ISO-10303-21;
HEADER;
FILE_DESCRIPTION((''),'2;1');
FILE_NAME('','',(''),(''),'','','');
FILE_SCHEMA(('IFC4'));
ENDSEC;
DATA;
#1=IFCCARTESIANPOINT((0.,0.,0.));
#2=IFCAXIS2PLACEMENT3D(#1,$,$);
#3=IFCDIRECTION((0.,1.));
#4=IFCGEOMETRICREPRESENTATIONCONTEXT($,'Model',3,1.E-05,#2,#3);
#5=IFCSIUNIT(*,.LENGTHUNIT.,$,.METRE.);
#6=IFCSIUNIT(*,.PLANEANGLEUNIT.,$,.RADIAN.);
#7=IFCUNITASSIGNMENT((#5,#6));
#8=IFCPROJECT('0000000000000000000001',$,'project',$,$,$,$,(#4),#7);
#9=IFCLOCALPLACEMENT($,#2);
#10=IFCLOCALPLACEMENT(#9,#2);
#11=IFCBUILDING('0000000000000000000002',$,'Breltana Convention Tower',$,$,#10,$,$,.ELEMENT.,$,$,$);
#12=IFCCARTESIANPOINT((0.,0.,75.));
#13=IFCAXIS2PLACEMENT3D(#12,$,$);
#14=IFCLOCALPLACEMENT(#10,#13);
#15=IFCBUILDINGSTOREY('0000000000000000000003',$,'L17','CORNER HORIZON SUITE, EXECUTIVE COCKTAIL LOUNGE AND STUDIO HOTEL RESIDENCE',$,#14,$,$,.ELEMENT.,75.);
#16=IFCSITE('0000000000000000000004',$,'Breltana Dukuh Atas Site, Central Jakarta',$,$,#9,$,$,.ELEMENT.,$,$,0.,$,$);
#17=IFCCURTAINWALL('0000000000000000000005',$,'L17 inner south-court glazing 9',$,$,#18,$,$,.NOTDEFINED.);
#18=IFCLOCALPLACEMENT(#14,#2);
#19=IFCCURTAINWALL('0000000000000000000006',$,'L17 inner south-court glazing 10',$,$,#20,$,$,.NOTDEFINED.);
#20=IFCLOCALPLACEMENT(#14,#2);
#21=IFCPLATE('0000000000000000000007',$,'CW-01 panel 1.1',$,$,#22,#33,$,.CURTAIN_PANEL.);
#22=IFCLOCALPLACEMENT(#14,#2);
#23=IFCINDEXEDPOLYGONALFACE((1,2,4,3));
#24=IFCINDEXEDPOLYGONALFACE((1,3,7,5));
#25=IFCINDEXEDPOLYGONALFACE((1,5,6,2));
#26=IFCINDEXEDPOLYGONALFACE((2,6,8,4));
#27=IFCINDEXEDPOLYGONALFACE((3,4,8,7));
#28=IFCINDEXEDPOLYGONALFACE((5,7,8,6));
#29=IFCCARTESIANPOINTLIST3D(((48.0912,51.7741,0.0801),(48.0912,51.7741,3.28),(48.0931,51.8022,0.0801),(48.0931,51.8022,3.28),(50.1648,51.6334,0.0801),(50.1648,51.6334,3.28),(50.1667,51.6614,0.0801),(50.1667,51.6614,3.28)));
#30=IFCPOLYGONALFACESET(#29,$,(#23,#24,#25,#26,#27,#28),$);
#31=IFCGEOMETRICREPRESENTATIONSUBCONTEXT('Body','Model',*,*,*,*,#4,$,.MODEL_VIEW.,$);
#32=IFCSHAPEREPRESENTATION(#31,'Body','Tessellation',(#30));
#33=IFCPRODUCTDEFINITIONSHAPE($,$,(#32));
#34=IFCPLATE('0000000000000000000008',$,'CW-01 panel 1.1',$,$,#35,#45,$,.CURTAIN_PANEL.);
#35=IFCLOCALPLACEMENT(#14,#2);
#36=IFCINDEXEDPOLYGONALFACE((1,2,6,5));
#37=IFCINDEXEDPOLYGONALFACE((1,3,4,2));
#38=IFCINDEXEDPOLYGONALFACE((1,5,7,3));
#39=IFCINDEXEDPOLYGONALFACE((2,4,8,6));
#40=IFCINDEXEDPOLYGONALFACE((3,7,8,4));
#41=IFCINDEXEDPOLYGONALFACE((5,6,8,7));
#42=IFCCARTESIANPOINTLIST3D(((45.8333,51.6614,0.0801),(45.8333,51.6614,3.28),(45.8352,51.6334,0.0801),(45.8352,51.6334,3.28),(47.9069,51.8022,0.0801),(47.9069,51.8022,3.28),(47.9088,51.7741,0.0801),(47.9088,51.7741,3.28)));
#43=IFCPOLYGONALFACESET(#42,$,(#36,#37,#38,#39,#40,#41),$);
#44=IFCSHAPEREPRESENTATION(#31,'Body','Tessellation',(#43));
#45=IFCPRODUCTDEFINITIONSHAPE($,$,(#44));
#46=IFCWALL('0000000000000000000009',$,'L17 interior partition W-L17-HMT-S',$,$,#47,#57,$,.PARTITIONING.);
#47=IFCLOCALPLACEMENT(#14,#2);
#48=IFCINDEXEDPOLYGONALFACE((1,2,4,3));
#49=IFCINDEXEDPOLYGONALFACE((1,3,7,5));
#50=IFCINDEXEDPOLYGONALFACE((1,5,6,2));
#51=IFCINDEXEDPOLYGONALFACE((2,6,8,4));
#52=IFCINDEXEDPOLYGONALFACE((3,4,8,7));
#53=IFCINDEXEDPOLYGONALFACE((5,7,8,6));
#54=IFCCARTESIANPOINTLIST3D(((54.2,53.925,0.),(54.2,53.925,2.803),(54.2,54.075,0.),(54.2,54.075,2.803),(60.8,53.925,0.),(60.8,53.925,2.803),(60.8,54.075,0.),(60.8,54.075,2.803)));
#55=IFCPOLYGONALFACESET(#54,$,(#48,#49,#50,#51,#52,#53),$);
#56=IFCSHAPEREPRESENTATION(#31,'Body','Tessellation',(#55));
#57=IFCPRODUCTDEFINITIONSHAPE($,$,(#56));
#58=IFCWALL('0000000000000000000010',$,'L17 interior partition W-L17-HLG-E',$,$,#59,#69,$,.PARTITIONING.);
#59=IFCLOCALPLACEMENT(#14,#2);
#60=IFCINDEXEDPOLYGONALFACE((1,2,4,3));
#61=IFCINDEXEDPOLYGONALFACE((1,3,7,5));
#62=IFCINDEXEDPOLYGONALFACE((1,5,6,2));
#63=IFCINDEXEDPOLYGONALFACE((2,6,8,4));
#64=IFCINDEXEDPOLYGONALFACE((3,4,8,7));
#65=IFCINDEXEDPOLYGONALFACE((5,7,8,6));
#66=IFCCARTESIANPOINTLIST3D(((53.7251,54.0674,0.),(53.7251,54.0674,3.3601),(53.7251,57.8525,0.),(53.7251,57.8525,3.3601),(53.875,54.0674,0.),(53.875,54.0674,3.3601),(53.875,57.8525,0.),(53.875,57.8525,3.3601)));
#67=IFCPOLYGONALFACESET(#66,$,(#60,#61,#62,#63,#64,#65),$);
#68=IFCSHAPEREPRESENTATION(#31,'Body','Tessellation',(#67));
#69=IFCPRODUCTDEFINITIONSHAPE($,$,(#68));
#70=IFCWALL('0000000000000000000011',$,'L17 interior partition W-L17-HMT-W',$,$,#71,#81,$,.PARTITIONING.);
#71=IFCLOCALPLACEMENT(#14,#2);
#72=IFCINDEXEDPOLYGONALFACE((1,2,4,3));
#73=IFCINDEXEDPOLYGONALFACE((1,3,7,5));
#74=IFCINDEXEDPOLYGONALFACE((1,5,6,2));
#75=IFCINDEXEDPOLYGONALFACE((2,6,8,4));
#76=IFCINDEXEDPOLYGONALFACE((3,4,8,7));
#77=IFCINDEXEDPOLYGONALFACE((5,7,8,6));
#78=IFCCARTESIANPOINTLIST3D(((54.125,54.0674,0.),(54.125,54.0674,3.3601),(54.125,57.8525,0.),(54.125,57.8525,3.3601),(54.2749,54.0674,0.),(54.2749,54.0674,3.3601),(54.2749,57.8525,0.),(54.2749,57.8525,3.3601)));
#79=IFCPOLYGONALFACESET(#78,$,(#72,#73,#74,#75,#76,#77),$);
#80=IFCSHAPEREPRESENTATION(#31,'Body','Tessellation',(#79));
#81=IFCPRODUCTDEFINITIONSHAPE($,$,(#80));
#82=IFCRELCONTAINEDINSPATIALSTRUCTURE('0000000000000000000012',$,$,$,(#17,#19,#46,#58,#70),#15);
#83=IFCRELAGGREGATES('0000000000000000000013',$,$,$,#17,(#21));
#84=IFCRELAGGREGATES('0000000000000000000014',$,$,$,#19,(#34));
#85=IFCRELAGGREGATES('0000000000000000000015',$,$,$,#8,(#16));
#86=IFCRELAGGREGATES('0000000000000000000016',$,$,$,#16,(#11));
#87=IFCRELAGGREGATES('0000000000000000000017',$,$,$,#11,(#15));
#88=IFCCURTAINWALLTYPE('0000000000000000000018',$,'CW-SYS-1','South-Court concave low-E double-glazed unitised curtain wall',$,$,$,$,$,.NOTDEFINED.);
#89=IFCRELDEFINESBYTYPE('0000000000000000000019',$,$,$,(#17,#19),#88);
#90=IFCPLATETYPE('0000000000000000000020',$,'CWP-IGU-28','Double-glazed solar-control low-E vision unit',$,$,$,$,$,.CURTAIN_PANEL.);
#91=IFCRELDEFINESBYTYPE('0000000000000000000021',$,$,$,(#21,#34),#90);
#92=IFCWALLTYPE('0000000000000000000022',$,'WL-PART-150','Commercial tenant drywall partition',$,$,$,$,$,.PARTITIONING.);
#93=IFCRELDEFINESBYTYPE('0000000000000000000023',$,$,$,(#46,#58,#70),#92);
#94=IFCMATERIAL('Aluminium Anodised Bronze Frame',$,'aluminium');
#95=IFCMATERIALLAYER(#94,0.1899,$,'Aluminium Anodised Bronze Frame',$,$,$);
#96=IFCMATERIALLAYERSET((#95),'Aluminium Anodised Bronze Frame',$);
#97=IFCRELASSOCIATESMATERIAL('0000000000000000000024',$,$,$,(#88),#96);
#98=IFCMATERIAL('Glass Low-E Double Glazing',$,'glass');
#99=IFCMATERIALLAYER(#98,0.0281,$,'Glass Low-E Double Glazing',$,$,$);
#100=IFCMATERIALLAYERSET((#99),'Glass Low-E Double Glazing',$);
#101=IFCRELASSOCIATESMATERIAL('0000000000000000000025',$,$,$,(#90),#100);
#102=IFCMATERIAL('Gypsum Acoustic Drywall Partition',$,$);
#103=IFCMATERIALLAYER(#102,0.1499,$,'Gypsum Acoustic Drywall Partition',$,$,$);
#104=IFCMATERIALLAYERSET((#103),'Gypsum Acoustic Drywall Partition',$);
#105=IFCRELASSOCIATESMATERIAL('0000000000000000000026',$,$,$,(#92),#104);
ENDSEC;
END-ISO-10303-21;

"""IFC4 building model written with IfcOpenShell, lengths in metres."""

from ifc_helpers import new_model, si_unit, direction, frame, frame_2d, origin, origin_2d, place, context, subcontext, project, spatial, rectangle, extrude, source, transform, mapped, material, layer, layer_set, type_object, element, aggregate, save


model = new_model("IFC4")

# Units and contexts
model_context = context("Model", 3, precision=1e-05, world=origin(), true_north=direction((0.0, 1.0)))
body_context = subcontext(model_context, "Body", "Model", "MODEL_VIEW")
ifc_project = project(units=[si_unit("LENGTHUNIT", "METRE"), si_unit("PLANEANGLEUNIT", "RADIAN")], contexts=[model_context])

# Site, building, storey
site_placement = place(None, origin())
site = spatial("IfcSite", under=ifc_project, at=site_placement, Name="Breltana Dukuh Atas Site, Central Jakarta", CompositionType="ELEMENT", RefElevation=0.0)
building_placement = place(site_placement, origin())
building = spatial("IfcBuilding", under=site, at=building_placement, Name="Breltana Convention Tower", CompositionType="ELEMENT")
storey_placement = place(building_placement, frame((0.0, 0.0, 75.0)))
storey = spatial("IfcBuildingStorey", under=building, at=storey_placement, Name="L17", Description="CORNER HORIZON SUITE, EXECUTIVE COCKTAIL LOUNGE AND STUDIO HOTEL RESIDENCE", CompositionType="ELEMENT", Elevation=75.0)

# Curtain walls
ifc_material_1 = material(Name="Aluminium Anodised Bronze Frame", Category="aluminium")
ifc_layer_1 = layer(ifc_material_1, 0.1899, Name="Aluminium Anodised Bronze Frame")
ifc_layer_set_1 = layer_set([ifc_layer_1], Name="Aluminium Anodised Bronze Frame")
curtain_wall_type = type_object("IfcCurtainWallType", Name="CW-SYS-1", Description="South-Court concave low-E double-glazed unitised curtain wall", PredefinedType="NOTDEFINED", material=ifc_layer_set_1)
curtain_wall_1_placement = place(storey_placement, origin())
curtain_wall_1 = element("IfcCurtainWall", 1, at=curtain_wall_1_placement, inside=storey, type_object=curtain_wall_type, Name="L17 inner south-court glazing 9", PredefinedType="NOTDEFINED")
curtain_wall_2_placement = place(storey_placement, origin())
curtain_wall_2 = element("IfcCurtainWall", 2, at=curtain_wall_2_placement, inside=storey, type_object=curtain_wall_type, Name="L17 inner south-court glazing 10", PredefinedType="NOTDEFINED")

# Plates
ifc_material_2 = material(Name="Glass Low-E Double Glazing", Category="glass")
ifc_layer_2 = layer(ifc_material_2, 0.0281, Name="Glass Low-E Double Glazing")
ifc_layer_set_2 = layer_set([ifc_layer_2], Name="Glass Low-E Double Glazing")
plate_type = type_object("IfcPlateType", Name="CWP-IGU-28", Description="Double-glazed solar-control low-E vision unit", PredefinedType="CURTAIN_PANEL", material=ifc_layer_set_2)
shared_shape_1 = source(origin(), body_context, "Body", "SweptSolid", [
    extrude(rectangle(XDim=2.0784, YDim=0.0281, at=origin_2d()), origin(), (0.0, 0.0, 1.0), 3.2),
])
plate_1_placement = place(storey_placement, frame((49.1289, 51.7178, 0.0801), z_axis=(0.0, 0.0, 1.0), x_axis=(-0.997704, 0.067726, 0.0)))
plate_1 = element("IfcPlate", 3, at=plate_1_placement, type_object=plate_type, Name="CW-01 panel 1.1", PredefinedType="CURTAIN_PANEL", context=body_context, shape_type="MappedRepresentation", body=[
    mapped(shared_shape_1, transform((0.0, 0.0, 0.0), scale=1.0)),
])
aggregate(curtain_wall_1, [plate_1])
plate_2_placement = place(storey_placement, frame((46.8711, 51.7178, 0.0801), z_axis=(0.0, 0.0, 1.0), x_axis=(-0.997704, -0.067726, 0.0)))
plate_2 = element("IfcPlate", 4, at=plate_2_placement, type_object=plate_type, Name="CW-01 panel 1.1", PredefinedType="CURTAIN_PANEL", context=body_context, shape_type="MappedRepresentation", body=[
    mapped(shared_shape_1, transform((0.0, 0.0, 0.0), scale=1.0)),
])
aggregate(curtain_wall_2, [plate_2])

# Walls
ifc_material_3 = material(Name="Gypsum Acoustic Drywall Partition")
ifc_layer_3 = layer(ifc_material_3, 0.1499, Name="Gypsum Acoustic Drywall Partition")
ifc_layer_set_3 = layer_set([ifc_layer_3], Name="Gypsum Acoustic Drywall Partition")
wall_type = type_object("IfcWallType", Name="WL-PART-150", Description="Commercial tenant drywall partition", PredefinedType="PARTITIONING", material=ifc_layer_set_3)
shared_shape_2 = source(origin(), body_context, "Body", "SweptSolid", [
    extrude(rectangle(XDim=6.6001, YDim=0.1499, at=frame_2d((3.3, 0.0))), origin(), (0.0, 0.0, 1.0), 2.803),
])
wall_placement = place(storey_placement, frame((54.2, 54.0, 0.0), z_axis=(0.0, 0.0, 1.0), x_axis=(1.0, 0.0, 0.0)))
element("IfcWall", 5, at=wall_placement, inside=storey, type_object=wall_type, Name="L17 interior partition W-L17-HMT-S", PredefinedType="PARTITIONING", context=body_context, shape_type="MappedRepresentation", body=[
    mapped(shared_shape_2, transform((0.0, 0.0, 0.0), scale=1.0)),
])
shared_shape_3 = source(origin(), body_context, "Body", "SweptSolid", [
    extrude(rectangle(XDim=3.7852, YDim=0.1499, at=frame_2d((1.8926, 0.0))), origin(), (0.0, 0.0, 1.0), 3.3601),
])
for number, where, z_axis, x_axis, name in (
    (6, (53.8, 54.0674, 0.0), (0.0, 0.0, 1.0), (0.0, 1.0, 0.0), "L17 interior partition W-L17-HLG-E"),
    (7, (54.2, 54.0674, 0.0), (0.0, 0.0, 1.0), (0.0, 1.0, 0.0), "L17 interior partition W-L17-HMT-W"),
):
    element("IfcWall", number, at=place(storey_placement, frame(where, z_axis=z_axis, x_axis=x_axis)), inside=storey, type_object=wall_type, Name=name, PredefinedType="PARTITIONING", context=body_context, shape_type="MappedRepresentation", body=[
        mapped(shared_shape_3, transform((0.0, 0.0, 0.0), scale=1.0)),
    ])

save(model, "model.ifc")
